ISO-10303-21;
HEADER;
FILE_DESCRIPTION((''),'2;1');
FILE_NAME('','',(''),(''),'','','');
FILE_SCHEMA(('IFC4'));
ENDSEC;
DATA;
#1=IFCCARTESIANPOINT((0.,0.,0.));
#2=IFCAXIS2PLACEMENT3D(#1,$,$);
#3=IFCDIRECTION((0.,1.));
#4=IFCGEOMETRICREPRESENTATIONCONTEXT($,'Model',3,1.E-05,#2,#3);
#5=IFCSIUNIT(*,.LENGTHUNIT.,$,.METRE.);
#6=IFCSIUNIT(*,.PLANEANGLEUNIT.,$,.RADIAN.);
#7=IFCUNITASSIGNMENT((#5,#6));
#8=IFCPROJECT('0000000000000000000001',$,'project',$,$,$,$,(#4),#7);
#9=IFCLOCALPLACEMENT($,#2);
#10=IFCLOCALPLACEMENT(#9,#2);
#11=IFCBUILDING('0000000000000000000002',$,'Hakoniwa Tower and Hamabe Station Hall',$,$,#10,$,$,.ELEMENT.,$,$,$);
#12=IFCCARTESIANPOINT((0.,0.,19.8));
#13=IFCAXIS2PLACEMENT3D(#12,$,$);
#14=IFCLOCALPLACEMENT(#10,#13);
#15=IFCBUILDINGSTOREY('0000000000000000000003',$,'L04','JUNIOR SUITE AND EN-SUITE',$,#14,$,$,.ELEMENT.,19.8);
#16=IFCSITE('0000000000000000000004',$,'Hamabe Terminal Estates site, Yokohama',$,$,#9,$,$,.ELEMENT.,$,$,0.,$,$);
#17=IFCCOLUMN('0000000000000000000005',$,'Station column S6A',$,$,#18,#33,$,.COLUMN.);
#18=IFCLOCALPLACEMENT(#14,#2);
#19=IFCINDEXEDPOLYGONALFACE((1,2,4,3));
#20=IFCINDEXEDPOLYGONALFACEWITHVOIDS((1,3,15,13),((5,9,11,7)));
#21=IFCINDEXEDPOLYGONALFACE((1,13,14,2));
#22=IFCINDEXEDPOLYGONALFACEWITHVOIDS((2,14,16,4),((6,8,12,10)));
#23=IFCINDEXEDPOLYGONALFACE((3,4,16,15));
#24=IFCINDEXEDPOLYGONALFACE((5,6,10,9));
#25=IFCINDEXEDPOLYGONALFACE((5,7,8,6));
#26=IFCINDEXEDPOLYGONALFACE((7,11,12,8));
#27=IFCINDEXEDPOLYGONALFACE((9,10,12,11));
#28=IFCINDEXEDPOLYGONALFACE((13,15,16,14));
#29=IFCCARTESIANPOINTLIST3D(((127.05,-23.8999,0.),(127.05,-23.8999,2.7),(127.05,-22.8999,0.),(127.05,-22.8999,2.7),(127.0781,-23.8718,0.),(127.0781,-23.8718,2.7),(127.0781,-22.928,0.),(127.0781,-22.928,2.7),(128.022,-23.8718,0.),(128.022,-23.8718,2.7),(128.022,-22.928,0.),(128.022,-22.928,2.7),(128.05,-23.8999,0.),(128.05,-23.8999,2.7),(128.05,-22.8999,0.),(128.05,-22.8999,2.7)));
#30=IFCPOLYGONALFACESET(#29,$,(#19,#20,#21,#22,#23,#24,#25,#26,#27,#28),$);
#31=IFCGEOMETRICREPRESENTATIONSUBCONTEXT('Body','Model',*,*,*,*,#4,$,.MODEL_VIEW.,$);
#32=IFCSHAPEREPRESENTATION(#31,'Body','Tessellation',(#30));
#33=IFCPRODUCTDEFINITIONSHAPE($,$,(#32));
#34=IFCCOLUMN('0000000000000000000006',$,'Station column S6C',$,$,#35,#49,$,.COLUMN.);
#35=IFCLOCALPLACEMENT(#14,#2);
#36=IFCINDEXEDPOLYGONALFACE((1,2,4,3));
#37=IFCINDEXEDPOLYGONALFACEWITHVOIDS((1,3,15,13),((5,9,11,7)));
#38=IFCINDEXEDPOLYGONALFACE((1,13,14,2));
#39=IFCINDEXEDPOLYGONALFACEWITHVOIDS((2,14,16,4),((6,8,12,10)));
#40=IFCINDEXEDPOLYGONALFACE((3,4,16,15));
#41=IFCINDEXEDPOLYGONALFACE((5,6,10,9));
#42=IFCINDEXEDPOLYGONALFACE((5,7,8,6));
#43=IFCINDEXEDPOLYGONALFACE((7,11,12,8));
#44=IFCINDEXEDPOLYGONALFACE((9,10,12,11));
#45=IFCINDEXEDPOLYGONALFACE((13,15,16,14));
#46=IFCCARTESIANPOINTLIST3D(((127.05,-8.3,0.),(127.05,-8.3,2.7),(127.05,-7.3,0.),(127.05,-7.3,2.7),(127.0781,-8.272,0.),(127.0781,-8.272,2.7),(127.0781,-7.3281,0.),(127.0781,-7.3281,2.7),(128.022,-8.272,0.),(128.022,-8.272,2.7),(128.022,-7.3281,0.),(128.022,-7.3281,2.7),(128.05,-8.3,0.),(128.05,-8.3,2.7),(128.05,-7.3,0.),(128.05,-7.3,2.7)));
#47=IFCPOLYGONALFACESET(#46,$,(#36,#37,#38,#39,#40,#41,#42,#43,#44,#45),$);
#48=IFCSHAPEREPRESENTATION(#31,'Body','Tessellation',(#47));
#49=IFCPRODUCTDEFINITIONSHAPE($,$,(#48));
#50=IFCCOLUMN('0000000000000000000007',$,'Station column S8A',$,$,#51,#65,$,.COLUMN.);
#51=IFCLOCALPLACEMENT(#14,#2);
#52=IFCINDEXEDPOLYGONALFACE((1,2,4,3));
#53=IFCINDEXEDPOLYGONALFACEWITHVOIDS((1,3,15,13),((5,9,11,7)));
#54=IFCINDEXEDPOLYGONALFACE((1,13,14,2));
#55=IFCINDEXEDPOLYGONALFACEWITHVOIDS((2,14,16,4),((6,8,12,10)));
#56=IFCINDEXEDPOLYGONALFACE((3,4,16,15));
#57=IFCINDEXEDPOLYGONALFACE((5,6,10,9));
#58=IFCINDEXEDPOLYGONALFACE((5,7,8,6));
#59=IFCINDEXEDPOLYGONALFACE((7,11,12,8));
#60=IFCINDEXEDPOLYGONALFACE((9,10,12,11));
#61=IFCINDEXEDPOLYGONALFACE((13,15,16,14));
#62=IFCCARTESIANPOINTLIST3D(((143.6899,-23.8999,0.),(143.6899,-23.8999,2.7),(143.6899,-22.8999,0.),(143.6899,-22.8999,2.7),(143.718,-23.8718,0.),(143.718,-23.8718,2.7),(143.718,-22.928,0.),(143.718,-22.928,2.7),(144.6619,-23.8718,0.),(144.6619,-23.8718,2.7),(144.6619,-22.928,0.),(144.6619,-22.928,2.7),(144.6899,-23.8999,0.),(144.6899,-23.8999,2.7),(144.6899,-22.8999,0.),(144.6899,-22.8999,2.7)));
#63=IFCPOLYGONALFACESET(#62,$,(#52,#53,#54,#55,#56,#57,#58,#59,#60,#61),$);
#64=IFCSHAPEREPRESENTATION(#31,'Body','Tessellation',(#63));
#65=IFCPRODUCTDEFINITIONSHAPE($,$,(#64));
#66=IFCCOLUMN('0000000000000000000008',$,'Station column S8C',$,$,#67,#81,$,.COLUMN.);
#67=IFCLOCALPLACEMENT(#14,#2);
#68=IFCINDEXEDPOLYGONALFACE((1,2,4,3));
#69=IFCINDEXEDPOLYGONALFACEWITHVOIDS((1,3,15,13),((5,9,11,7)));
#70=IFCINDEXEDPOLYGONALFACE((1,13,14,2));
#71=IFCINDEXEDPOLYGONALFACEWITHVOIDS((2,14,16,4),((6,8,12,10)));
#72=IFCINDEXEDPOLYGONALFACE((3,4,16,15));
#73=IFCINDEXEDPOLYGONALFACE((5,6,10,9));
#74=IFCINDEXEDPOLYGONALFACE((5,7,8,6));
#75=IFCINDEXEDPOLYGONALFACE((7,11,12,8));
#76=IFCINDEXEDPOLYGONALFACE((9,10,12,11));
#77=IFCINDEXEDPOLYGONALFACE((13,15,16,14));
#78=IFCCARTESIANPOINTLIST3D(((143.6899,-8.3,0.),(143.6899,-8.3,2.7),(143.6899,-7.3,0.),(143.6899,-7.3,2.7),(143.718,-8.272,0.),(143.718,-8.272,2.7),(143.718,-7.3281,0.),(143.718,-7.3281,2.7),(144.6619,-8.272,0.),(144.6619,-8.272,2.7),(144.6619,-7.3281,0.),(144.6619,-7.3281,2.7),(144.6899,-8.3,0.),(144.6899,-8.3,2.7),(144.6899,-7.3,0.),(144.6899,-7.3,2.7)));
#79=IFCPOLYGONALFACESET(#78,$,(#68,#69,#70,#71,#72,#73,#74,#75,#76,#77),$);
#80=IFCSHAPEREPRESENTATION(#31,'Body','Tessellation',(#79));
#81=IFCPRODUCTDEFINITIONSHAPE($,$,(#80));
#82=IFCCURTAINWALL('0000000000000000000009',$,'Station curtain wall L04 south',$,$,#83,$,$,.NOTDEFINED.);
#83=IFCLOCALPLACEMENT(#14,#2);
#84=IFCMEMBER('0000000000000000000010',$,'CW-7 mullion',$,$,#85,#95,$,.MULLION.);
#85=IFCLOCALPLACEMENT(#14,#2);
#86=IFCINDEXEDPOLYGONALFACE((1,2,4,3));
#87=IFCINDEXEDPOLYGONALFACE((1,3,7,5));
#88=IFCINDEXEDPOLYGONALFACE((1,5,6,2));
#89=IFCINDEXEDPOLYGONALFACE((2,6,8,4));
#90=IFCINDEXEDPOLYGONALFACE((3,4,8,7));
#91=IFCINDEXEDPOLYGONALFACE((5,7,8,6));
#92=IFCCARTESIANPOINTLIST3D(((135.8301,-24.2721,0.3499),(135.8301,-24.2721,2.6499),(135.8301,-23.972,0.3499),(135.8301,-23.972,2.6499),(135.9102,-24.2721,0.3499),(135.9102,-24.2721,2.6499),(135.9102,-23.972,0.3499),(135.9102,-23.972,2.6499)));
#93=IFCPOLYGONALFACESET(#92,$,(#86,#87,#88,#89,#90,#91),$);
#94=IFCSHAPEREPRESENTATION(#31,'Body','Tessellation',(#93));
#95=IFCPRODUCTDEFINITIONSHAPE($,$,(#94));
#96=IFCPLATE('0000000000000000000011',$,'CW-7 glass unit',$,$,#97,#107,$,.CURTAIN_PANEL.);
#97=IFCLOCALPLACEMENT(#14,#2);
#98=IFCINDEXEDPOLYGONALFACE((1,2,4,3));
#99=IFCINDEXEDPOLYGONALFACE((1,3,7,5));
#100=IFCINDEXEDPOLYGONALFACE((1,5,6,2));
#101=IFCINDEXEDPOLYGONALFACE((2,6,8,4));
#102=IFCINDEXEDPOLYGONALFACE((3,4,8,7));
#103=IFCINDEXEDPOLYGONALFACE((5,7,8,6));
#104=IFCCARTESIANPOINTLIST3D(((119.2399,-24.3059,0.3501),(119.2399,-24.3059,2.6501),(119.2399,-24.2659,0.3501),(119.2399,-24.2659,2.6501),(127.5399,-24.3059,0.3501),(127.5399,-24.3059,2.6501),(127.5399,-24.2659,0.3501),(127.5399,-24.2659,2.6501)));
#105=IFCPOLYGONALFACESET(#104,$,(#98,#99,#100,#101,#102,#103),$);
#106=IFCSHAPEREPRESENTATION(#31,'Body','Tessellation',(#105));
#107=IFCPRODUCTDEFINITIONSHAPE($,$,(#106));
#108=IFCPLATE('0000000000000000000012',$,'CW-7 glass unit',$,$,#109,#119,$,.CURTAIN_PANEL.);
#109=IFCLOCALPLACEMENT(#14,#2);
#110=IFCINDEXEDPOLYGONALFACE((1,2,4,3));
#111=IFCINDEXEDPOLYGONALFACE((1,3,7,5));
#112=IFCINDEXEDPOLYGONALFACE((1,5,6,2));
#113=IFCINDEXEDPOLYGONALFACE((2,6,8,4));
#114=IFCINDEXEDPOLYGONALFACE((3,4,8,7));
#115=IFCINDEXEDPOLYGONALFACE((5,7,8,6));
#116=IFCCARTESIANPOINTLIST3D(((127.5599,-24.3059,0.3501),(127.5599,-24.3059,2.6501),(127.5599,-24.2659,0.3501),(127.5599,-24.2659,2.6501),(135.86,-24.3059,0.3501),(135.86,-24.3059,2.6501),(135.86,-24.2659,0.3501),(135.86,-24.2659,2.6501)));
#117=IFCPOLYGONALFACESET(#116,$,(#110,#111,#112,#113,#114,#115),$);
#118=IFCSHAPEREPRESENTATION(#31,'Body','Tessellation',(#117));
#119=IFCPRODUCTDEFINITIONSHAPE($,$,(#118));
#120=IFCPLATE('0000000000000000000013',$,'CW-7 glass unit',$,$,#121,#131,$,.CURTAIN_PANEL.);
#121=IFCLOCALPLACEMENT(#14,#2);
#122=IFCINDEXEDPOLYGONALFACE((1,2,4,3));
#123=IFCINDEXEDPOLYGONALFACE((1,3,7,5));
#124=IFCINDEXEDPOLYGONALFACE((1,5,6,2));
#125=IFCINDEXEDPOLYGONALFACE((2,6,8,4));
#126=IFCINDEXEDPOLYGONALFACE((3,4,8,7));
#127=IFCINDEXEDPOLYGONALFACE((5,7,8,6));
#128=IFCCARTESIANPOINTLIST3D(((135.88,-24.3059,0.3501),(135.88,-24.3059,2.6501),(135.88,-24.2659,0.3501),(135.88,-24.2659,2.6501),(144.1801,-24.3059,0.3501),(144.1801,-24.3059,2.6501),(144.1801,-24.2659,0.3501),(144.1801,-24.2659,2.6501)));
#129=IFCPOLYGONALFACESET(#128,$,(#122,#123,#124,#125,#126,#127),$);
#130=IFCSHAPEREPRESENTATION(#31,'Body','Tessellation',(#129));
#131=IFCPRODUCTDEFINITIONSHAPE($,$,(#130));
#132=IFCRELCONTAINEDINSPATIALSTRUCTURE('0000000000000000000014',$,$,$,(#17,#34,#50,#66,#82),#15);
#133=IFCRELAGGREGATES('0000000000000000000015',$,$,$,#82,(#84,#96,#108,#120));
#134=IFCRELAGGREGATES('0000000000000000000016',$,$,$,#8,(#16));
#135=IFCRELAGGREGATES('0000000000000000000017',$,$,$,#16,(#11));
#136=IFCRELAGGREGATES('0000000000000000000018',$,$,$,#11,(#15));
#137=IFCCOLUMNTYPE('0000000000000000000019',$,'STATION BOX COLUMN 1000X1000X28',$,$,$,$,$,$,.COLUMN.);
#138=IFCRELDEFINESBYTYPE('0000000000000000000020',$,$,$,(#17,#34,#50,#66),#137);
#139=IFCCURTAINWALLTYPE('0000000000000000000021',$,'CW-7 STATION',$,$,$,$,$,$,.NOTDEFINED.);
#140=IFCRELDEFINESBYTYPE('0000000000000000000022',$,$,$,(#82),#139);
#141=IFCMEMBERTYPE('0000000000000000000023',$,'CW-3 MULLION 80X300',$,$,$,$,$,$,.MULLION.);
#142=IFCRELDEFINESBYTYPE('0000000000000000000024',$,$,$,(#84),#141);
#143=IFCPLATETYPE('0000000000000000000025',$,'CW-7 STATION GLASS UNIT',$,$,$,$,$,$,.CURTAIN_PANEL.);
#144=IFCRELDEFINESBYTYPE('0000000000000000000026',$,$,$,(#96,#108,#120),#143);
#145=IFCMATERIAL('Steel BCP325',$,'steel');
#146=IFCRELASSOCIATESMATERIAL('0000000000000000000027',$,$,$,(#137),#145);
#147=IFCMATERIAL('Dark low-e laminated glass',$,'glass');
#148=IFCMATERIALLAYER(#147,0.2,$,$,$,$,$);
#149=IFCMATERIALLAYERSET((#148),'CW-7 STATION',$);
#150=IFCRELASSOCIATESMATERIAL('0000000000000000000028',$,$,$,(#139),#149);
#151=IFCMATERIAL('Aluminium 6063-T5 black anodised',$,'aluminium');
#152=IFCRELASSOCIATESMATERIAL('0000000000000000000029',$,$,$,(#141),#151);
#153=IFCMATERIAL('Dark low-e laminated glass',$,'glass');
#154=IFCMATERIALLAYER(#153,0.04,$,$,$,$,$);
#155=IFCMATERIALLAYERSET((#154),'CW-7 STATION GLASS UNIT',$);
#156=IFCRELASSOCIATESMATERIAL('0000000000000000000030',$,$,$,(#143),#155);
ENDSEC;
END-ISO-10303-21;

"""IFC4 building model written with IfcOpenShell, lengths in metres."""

from ifc_helpers import new_model, si_unit, direction, frame, origin, origin_2d, place, context, subcontext, project, spatial, rectangle, hollow_rectangle, extrude, material, layer, layer_set, material_profile, profile_set, type_object, element, aggregate, save


model = new_model("IFC4")

# Units and contexts
model_context = context("Model", 3, precision=1e-05, world=origin(), true_north=direction((0.0, 1.0)))
body_context = subcontext(model_context, "Body", "Model", "MODEL_VIEW")
ifc_project = project(units=[si_unit("LENGTHUNIT", "METRE"), si_unit("PLANEANGLEUNIT", "RADIAN")], contexts=[model_context])

# Site, building, storey
site_placement = place(None, origin())
site = spatial("IfcSite", under=ifc_project, at=site_placement, Name="Hamabe Terminal Estates site, Yokohama", CompositionType="ELEMENT", RefElevation=0.0)
building_placement = place(site_placement, origin())
building = spatial("IfcBuilding", under=site, at=building_placement, Name="Hakoniwa Tower and Hamabe Station Hall", CompositionType="ELEMENT")
storey_placement = place(building_placement, frame((0.0, 0.0, 19.8)))
storey = spatial("IfcBuildingStorey", under=building, at=storey_placement, Name="L04", Description="JUNIOR SUITE AND EN-SUITE", CompositionType="ELEMENT", Elevation=19.8)

# Columns
ifc_material_1 = material(Name="Steel BCP325", Category="steel")
ifc_material_profile_1 = material_profile(ifc_material_1, hollow_rectangle(XDim=1.0, YDim=1.0, WallThickness=0.0281, at=origin_2d()), Name="STATION BOX COLUMN 1000X1000X28")
ifc_profile_set_1 = profile_set([ifc_material_profile_1], Name="Steel BCP325")
column_type = type_object("IfcColumnType", Name="STATION BOX COLUMN 1000X1000X28", PredefinedType="COLUMN", material=ifc_profile_set_1)
for number, where, z_axis, x_axis, name in (
    (1, (127.55, -23.3999, 0.0), (0.0, 0.0, 1.0), (1.0, 0.0, 0.0), "Station column S6A"),
    (2, (127.55, -7.8, 0.0), (0.0, 0.0, 1.0), (1.0, 0.0, 0.0), "Station column S6C"),
    (3, (144.1899, -23.3999, 0.0), (0.0, 0.0, 1.0), (1.0, 0.0, 0.0), "Station column S8A"),
    (4, (144.1899, -7.8, 0.0), (0.0, 0.0, 1.0), (1.0, 0.0, 0.0), "Station column S8C"),
):
    element("IfcColumn", number, at=place(storey_placement, frame(where, z_axis=z_axis, x_axis=x_axis)), inside=storey, type_object=column_type, Name=name, PredefinedType="COLUMN", context=body_context, shape_type="SweptSolid", body=[
        extrude(hollow_rectangle(XDim=1.0, YDim=1.0, WallThickness=0.0281, at=origin_2d()), origin(), (0.0, 0.0, 1.0), 2.7),
    ])

# Curtain wall, member, plates
ifc_material_2 = material(Name="Dark low-e laminated glass", Category="glass")
ifc_layer_1 = layer(ifc_material_2, 0.2)
ifc_layer_set_1 = layer_set([ifc_layer_1], Name="CW-7 STATION")
curtain_wall_type = type_object("IfcCurtainWallType", Name="CW-7 STATION", PredefinedType="NOTDEFINED", material=ifc_layer_set_1)
curtain_wall_placement = place(storey_placement, origin())
curtain_wall = element("IfcCurtainWall", 5, at=curtain_wall_placement, inside=storey, type_object=curtain_wall_type, Name="Station curtain wall L04 south", PredefinedType="NOTDEFINED")
ifc_material_3 = material(Name="Aluminium 6063-T5 black anodised", Category="aluminium")
ifc_material_profile_2 = material_profile(ifc_material_3, rectangle(XDim=0.0801, YDim=0.3, at=origin_2d()), Name="CW-3 MULLION 80X300")
ifc_profile_set_2 = profile_set([ifc_material_profile_2], Name="Aluminium 6063-T5 black anodised")
member_type = type_object("IfcMemberType", Name="CW-3 MULLION 80X300", PredefinedType="MULLION", material=ifc_profile_set_2)
member_placement = place(storey_placement, frame((135.8701, -24.1221, 0.3499), z_axis=(0.0, 0.0, 1.0), x_axis=(1.0, 0.0, 0.0)))
member = element("IfcMember", 6, at=member_placement, type_object=member_type, Name="CW-7 mullion", PredefinedType="MULLION", context=body_context, shape_type="SweptSolid", body=[
    extrude(rectangle(XDim=0.0801, YDim=0.3, at=origin_2d()), origin(), (0.0, 0.0, 1.0), 2.3),
])
ifc_material_4 = material(Name="Dark low-e laminated glass", Category="glass")
ifc_layer_2 = layer(ifc_material_4, 0.04)
ifc_layer_set_2 = layer_set([ifc_layer_2], Name="CW-7 STATION GLASS UNIT")
plate_type = type_object("IfcPlateType", Name="CW-7 STATION GLASS UNIT", PredefinedType="CURTAIN_PANEL", material=ifc_layer_set_2)
plate_1_placement = place(storey_placement, frame((123.3899, -24.2859, 0.3501), z_axis=(0.0, 0.0, 1.0), x_axis=(1.0, 0.0, 0.0)))
plate_1 = element("IfcPlate", 7, at=plate_1_placement, type_object=plate_type, Name="CW-7 glass unit", PredefinedType="CURTAIN_PANEL", context=body_context, shape_type="SweptSolid", body=[
    extrude(rectangle(XDim=8.3, YDim=0.04, at=origin_2d()), origin(), (0.0, 0.0, 1.0), 2.3),
])
plate_2_placement = place(storey_placement, frame((131.71, -24.2859, 0.3501), z_axis=(0.0, 0.0, 1.0), x_axis=(1.0, 0.0, 0.0)))
plate_2 = element("IfcPlate", 8, at=plate_2_placement, type_object=plate_type, Name="CW-7 glass unit", PredefinedType="CURTAIN_PANEL", context=body_context, shape_type="SweptSolid", body=[
    extrude(rectangle(XDim=8.3, YDim=0.04, at=origin_2d()), origin(), (0.0, 0.0, 1.0), 2.3),
])
plate_3_placement = place(storey_placement, frame((140.03, -24.2859, 0.3501), z_axis=(0.0, 0.0, 1.0), x_axis=(1.0, 0.0, 0.0)))
plate_3 = element("IfcPlate", 9, at=plate_3_placement, type_object=plate_type, Name="CW-7 glass unit", PredefinedType="CURTAIN_PANEL", context=body_context, shape_type="SweptSolid", body=[
    extrude(rectangle(XDim=8.3, YDim=0.04, at=origin_2d()), origin(), (0.0, 0.0, 1.0), 2.3),
])
aggregate(curtain_wall, [member, plate_1, plate_2, plate_3])

save(model, "model.ifc")
